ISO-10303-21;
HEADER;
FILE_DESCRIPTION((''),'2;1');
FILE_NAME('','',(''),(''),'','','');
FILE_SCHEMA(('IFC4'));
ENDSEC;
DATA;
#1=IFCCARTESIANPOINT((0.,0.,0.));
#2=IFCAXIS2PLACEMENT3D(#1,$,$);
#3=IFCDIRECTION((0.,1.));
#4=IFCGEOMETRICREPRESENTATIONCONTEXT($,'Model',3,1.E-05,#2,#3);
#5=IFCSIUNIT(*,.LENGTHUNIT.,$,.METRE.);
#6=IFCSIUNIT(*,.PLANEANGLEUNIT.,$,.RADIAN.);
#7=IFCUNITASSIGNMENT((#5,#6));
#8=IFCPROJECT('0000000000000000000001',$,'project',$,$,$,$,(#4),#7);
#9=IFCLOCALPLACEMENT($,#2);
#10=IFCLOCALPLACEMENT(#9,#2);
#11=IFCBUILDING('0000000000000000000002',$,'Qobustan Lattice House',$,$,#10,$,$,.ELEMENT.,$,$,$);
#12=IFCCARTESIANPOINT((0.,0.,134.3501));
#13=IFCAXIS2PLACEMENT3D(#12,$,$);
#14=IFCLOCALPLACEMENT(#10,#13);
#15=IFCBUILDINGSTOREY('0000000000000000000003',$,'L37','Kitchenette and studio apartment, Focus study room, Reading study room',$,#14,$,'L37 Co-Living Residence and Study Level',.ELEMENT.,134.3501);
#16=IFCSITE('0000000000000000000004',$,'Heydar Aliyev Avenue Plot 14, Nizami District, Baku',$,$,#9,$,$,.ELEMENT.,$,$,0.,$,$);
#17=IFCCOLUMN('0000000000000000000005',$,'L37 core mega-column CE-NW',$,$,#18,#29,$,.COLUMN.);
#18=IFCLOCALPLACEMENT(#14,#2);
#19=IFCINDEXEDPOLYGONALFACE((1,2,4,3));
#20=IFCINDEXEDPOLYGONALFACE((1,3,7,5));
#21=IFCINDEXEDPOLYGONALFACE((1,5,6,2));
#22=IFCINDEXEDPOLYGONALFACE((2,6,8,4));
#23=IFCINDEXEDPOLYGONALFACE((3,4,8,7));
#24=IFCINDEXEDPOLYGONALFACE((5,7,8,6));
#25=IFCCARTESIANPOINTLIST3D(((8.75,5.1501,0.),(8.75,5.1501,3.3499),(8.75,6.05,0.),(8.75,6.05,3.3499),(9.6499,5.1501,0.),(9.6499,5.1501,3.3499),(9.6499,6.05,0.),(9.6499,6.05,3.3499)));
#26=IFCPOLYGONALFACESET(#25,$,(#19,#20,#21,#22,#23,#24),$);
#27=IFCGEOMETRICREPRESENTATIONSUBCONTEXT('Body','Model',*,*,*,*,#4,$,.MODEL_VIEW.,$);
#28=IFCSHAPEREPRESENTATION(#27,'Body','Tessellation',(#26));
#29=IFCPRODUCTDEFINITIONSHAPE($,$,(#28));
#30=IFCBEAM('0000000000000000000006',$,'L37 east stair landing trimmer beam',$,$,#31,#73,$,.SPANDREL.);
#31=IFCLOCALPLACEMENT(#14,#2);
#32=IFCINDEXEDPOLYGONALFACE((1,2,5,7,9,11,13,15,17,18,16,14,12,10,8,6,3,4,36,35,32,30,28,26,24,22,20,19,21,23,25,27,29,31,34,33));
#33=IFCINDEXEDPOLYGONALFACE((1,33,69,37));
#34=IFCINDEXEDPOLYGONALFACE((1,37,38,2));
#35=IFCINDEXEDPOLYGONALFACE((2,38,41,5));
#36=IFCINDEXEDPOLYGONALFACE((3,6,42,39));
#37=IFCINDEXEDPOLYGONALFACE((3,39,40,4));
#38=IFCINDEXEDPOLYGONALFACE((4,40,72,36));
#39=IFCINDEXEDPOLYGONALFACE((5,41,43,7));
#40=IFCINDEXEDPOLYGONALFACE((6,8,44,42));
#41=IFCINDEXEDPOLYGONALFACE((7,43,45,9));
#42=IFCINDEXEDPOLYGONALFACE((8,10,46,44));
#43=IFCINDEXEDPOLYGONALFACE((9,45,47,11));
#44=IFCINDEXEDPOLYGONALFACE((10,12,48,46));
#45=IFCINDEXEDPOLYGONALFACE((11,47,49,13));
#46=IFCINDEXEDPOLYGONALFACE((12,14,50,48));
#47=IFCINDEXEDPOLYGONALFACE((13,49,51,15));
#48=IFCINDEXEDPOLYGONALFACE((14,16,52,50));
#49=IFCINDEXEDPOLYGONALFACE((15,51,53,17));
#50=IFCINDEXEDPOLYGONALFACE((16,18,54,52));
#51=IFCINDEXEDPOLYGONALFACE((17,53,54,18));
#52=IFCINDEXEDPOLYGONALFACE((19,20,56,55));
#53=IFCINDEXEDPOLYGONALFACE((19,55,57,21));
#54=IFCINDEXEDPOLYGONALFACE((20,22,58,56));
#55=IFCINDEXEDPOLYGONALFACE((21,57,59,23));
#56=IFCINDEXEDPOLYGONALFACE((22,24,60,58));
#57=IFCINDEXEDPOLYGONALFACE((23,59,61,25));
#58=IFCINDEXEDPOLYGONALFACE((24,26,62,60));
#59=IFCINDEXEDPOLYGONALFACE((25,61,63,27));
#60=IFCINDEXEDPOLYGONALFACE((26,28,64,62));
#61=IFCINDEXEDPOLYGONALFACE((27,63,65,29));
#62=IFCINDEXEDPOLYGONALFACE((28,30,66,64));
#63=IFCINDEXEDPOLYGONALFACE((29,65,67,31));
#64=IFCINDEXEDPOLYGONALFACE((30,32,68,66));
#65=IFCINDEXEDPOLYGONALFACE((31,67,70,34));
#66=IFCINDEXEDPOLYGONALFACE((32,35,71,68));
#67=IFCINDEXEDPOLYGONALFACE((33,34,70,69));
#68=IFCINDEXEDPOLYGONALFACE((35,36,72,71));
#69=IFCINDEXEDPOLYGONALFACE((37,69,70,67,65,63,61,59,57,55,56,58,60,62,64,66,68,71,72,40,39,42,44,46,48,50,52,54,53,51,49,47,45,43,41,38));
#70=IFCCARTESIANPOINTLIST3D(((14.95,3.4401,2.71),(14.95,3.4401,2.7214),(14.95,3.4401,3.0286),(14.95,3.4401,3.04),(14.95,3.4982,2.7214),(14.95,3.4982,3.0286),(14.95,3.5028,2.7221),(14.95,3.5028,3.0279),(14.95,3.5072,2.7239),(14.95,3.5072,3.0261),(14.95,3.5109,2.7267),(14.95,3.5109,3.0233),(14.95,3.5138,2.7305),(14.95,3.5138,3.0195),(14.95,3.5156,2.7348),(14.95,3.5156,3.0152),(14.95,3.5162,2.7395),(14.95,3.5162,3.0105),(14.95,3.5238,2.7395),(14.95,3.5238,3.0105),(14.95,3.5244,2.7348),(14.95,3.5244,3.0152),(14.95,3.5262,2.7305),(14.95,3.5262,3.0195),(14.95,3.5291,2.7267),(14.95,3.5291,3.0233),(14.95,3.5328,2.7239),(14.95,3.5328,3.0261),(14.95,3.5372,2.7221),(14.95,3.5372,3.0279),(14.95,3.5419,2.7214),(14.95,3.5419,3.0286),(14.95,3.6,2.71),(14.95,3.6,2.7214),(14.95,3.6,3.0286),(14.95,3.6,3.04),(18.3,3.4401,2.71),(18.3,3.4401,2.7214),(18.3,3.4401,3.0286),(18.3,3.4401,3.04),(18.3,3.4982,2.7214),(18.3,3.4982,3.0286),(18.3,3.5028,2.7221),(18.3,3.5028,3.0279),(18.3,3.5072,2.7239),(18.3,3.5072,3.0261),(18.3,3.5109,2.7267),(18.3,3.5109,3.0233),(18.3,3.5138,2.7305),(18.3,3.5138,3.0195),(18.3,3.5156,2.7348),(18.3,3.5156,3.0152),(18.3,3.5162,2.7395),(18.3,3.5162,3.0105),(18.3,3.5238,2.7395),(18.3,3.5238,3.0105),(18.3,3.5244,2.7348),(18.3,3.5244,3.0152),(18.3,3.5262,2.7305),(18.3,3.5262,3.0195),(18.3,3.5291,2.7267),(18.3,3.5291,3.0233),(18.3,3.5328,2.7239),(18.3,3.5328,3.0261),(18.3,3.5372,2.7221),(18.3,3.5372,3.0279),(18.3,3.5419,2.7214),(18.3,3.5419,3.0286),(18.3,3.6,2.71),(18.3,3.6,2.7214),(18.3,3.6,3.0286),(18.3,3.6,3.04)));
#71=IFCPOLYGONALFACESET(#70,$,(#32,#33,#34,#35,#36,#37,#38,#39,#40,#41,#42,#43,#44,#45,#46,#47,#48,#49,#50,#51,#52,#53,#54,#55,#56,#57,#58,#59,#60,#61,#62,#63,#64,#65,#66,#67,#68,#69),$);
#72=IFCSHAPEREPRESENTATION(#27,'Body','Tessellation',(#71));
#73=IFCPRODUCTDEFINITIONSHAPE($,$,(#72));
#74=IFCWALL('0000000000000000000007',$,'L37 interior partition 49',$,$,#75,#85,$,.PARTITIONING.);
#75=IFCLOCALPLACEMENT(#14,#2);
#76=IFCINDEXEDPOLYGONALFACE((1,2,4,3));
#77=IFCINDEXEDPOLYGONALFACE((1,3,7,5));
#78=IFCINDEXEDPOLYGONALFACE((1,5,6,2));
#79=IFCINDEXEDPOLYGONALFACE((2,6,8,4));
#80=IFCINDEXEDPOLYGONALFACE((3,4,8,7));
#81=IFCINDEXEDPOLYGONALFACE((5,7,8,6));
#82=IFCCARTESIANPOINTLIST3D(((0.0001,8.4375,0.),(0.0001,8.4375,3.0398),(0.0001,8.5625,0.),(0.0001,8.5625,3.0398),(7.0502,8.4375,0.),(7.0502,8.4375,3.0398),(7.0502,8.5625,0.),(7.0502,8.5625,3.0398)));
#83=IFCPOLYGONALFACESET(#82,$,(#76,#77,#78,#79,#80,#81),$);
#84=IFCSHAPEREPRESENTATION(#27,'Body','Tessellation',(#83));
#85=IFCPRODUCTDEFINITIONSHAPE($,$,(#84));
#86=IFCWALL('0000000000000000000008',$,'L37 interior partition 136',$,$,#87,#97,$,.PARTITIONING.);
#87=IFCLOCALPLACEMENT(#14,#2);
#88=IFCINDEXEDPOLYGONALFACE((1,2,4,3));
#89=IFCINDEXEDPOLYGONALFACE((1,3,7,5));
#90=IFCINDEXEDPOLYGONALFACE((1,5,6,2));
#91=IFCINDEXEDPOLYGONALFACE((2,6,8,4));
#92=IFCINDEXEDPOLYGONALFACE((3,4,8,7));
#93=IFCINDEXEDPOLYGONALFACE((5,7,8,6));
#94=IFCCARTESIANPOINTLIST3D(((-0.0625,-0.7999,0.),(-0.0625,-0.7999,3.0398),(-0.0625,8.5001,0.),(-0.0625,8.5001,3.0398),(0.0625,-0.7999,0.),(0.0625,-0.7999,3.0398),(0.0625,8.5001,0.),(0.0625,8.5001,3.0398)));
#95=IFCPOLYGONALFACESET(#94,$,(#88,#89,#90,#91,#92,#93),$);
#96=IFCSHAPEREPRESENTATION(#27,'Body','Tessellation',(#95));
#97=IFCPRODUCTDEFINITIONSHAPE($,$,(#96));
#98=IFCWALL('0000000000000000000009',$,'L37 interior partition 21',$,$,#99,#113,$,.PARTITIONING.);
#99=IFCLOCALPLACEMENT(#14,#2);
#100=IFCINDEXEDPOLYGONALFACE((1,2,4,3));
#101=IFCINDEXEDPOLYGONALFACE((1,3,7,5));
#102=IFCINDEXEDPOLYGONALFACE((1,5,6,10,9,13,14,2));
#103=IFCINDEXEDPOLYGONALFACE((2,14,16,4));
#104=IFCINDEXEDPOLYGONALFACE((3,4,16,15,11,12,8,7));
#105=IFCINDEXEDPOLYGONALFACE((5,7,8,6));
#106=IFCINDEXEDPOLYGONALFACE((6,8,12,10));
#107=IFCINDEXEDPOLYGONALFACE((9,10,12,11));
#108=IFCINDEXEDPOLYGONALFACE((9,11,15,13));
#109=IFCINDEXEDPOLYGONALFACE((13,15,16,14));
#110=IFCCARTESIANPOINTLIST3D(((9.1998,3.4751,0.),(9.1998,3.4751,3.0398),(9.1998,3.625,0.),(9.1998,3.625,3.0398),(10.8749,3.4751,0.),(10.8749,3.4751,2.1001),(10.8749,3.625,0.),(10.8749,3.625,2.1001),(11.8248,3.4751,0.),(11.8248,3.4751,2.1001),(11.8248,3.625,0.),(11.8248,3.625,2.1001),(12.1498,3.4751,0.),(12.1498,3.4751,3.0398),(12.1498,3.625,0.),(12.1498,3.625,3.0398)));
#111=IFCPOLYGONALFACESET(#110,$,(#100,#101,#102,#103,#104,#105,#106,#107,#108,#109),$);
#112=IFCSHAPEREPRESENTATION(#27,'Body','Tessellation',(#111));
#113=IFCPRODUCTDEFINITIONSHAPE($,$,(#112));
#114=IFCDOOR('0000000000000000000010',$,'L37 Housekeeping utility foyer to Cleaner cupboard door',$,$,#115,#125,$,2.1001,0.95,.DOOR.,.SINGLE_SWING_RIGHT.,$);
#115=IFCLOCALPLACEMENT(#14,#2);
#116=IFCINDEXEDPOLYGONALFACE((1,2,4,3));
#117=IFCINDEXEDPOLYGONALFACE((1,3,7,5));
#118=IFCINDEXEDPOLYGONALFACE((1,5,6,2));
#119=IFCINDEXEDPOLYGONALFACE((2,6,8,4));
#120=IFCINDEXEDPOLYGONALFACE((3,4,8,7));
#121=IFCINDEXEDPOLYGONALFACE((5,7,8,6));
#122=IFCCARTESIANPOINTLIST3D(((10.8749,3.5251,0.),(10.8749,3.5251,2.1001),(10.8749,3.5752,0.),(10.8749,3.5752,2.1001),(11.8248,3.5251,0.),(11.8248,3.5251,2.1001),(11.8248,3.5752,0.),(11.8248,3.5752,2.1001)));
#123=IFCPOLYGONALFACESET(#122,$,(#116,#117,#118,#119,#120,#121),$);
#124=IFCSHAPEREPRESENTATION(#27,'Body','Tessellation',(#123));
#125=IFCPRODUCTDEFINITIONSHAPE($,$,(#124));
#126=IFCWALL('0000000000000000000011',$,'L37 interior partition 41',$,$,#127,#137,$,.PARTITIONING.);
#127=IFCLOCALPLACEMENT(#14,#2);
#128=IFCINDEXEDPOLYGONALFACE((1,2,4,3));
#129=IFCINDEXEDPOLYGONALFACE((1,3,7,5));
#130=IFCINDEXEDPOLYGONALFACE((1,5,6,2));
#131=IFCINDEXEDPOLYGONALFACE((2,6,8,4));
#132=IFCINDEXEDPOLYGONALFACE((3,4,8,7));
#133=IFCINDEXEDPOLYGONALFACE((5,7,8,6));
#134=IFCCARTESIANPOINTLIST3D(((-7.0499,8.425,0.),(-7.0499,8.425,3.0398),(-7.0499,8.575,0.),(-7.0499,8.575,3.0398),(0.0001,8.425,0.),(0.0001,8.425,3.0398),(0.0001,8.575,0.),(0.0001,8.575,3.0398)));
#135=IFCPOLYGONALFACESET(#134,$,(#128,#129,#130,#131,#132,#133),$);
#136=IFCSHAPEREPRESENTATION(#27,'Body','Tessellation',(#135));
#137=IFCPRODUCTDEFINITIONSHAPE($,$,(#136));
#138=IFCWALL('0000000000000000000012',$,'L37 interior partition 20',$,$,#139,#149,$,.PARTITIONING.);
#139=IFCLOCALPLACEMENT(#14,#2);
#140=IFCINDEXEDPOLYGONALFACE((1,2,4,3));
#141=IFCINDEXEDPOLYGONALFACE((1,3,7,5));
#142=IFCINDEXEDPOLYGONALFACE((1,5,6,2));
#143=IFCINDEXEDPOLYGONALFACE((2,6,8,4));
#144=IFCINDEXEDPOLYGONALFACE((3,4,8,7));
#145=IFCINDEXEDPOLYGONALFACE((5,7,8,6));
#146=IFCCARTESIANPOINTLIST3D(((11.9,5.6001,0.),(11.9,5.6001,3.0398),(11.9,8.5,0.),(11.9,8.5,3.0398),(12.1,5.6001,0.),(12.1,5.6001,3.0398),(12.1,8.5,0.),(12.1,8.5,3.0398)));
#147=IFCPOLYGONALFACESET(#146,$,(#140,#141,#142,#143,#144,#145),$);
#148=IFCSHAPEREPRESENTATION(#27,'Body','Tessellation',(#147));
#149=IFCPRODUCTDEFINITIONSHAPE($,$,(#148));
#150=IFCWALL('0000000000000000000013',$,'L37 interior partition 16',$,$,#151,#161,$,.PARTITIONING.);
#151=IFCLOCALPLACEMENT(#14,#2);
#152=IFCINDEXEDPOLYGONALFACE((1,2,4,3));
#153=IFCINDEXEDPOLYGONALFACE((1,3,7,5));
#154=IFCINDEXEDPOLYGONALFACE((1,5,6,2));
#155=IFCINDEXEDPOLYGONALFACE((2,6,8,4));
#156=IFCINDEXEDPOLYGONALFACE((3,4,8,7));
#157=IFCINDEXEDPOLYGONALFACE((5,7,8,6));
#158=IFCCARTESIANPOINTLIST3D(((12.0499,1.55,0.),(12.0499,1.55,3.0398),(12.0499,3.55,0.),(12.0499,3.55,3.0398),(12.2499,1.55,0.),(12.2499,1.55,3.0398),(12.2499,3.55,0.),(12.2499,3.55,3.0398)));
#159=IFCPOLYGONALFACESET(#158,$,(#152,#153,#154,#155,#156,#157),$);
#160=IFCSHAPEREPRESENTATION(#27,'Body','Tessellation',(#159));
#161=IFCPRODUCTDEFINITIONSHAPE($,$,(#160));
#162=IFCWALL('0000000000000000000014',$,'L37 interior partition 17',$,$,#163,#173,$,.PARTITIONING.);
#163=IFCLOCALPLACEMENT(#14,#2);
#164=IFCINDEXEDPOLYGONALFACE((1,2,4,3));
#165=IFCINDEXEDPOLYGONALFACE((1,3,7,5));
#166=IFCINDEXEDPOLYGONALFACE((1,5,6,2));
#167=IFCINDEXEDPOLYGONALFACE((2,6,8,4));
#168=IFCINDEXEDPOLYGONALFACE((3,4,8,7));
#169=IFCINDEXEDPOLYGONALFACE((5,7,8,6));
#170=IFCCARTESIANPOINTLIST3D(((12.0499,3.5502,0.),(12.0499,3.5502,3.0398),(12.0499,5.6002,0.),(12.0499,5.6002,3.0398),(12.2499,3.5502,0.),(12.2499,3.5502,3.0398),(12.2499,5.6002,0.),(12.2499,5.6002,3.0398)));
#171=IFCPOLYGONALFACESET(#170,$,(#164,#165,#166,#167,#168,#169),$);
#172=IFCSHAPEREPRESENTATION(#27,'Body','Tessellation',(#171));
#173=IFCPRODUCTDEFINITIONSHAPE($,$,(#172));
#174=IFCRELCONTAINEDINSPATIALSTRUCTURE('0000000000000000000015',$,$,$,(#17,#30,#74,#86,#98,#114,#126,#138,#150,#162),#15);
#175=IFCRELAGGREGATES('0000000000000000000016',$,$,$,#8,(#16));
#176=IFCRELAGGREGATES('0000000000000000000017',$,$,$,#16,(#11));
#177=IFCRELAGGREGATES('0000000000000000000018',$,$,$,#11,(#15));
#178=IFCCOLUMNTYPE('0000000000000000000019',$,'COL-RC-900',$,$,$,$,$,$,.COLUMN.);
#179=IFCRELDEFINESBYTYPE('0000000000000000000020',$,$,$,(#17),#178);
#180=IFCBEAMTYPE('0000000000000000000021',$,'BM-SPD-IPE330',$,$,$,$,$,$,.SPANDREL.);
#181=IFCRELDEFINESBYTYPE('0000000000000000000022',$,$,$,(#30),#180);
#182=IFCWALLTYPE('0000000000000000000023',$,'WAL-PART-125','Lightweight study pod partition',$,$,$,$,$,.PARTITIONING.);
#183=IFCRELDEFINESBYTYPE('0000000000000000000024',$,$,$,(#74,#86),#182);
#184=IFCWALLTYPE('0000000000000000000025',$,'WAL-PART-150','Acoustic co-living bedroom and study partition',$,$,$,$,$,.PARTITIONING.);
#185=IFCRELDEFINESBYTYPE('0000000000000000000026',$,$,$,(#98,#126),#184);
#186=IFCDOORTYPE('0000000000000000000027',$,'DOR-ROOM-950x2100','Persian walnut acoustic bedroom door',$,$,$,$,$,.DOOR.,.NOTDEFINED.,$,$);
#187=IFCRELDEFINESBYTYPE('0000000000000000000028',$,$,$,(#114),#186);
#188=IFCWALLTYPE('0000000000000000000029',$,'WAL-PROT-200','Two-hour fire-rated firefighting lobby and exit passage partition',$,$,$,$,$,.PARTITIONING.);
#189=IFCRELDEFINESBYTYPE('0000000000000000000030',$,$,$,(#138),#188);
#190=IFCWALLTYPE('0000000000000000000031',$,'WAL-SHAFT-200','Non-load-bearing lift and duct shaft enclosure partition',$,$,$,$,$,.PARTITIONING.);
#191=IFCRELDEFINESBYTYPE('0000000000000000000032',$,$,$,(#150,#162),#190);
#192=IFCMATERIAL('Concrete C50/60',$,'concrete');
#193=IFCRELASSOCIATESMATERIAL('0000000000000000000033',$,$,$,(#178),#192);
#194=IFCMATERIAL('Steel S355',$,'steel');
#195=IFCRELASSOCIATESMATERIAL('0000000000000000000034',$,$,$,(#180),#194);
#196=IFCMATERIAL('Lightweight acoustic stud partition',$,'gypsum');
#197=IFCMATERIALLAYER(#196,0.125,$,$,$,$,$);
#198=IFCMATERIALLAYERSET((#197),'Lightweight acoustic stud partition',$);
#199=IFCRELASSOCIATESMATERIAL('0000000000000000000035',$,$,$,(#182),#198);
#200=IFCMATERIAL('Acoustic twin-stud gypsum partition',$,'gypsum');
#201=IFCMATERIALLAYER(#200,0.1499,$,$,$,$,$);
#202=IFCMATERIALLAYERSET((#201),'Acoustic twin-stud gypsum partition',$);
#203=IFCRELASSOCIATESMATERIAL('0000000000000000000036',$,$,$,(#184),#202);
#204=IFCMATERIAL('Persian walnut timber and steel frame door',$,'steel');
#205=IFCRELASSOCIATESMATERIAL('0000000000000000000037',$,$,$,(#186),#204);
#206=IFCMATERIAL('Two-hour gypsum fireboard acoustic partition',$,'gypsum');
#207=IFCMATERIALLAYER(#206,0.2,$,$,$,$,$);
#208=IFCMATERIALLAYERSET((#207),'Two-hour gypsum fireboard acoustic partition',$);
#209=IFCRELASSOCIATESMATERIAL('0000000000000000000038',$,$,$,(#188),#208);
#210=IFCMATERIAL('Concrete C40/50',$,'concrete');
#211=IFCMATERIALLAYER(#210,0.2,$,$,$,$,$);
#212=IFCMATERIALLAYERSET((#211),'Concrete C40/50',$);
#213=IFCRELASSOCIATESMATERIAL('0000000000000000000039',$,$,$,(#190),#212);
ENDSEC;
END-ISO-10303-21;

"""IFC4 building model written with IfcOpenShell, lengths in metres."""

from ifc_helpers import new_model, si_unit, direction, frame, frame_2d, origin, origin_2d, place, context, subcontext, project, spatial, rectangle, i_section, extrude, material, layer, layer_set, material_profile, profile_set, type_object, element, fill, save


model = new_model("IFC4")

# Units and contexts
model_context = context("Model", 3, precision=1e-05, world=origin(), true_north=direction((0.0, 1.0)))
body_context = subcontext(model_context, "Body", "Model", "MODEL_VIEW")
ifc_project = project(units=[si_unit("LENGTHUNIT", "METRE"), si_unit("PLANEANGLEUNIT", "RADIAN")], contexts=[model_context])

# Site, building, storey
site_placement = place(None, origin())
site = spatial("IfcSite", under=ifc_project, at=site_placement, Name="Heydar Aliyev Avenue Plot 14, Nizami District, Baku", CompositionType="ELEMENT", RefElevation=0.0)
building_placement = place(site_placement, origin())
building = spatial("IfcBuilding", under=site, at=building_placement, Name="Qobustan Lattice House", CompositionType="ELEMENT")
storey_placement = place(building_placement, frame((0.0, 0.0, 134.3501)))
storey = spatial("IfcBuildingStorey", under=building, at=storey_placement, Name="L37", Description="Kitchenette and studio apartment, Focus study room, Reading study room", LongName="L37 Co-Living Residence and Study Level", CompositionType="ELEMENT", Elevation=134.3501)

# Column
ifc_material_1 = material(Name="Concrete C50/60", Category="concrete")
ifc_material_profile_1 = material_profile(ifc_material_1, rectangle(XDim=0.8999, YDim=0.8999, at=origin_2d()), Name="RC900x900")
ifc_profile_set_1 = profile_set([ifc_material_profile_1], Name="Concrete C50/60")
column_type = type_object("IfcColumnType", Name="COL-RC-900", PredefinedType="COLUMN", material=ifc_profile_set_1)
column_placement = place(storey_placement, frame((9.2, 5.6001, 0.0), z_axis=(0.0, 0.0, 1.0), x_axis=(1.0, 0.0, 0.0)))
element("IfcColumn", 1, at=column_placement, inside=storey, type_object=column_type, Name="L37 core mega-column CE-NW", PredefinedType="COLUMN", context=body_context, shape_type="SweptSolid", body=[
    extrude(rectangle(XDim=0.8999, YDim=0.8999, at=origin_2d()), origin(), (0.0, 0.0, 1.0), 3.3499),
])

# Beam
ifc_material_2 = material(Name="Steel S355", Category="steel")
ifc_material_profile_2 = material_profile(ifc_material_2, i_section(OverallWidth=0.1599, OverallDepth=0.3301, WebThickness=0.0076, FlangeThickness=0.0115, FilletRadius=0.0181, at=origin_2d()), Name="IPE330")
ifc_profile_set_2 = profile_set([ifc_material_profile_2], Name="Steel S355")
beam_type = type_object("IfcBeamType", Name="BM-SPD-IPE330", PredefinedType="SPANDREL", material=ifc_profile_set_2)
beam_placement = place(storey_placement, frame((14.95, 3.52, 2.875), z_axis=(1.0, 0.0, 0.0), x_axis=(0.0, 1.0, 0.0)))
element("IfcBeam", 2, at=beam_placement, inside=storey, type_object=beam_type, Name="L37 east stair landing trimmer beam", PredefinedType="SPANDREL", context=body_context, shape_type="SweptSolid", body=[
    extrude(i_section(OverallWidth=0.1599, OverallDepth=0.3301, WebThickness=0.0076, FlangeThickness=0.0115, FilletRadius=0.0181, at=origin_2d()), origin(), (0.0, 0.0, 1.0), 3.3501),
])

# Walls
ifc_material_3 = material(Name="Lightweight acoustic stud partition", Category="gypsum")
ifc_layer_1 = layer(ifc_material_3, 0.125)
ifc_layer_set_1 = layer_set([ifc_layer_1], Name="Lightweight acoustic stud partition")
wall_type_1 = type_object("IfcWallType", Name="WAL-PART-125", Description="Lightweight study pod partition", PredefinedType="PARTITIONING", material=ifc_layer_set_1)
wall_1_placement = place(storey_placement, frame((7.05, 8.5, 0.0), z_axis=(0.0, 0.0, 1.0), x_axis=(-1.0, 0.0, 0.0)))
element("IfcWall", 3, at=wall_1_placement, inside=storey, type_object=wall_type_1, Name="L37 interior partition 49", PredefinedType="PARTITIONING", context=body_context, shape_type="SweptSolid", body=[
    extrude(rectangle(XDim=7.05, YDim=0.125, at=frame_2d((3.5249, 0.0))), origin(), (0.0, 0.0, 1.0), 3.0398),
])
wall_2_placement = place(storey_placement, frame((0.0, 8.5, 0.0), z_axis=(0.0, 0.0, 1.0), x_axis=(0.0, -1.0, 0.0)))
element("IfcWall", 4, at=wall_2_placement, inside=storey, type_object=wall_type_1, Name="L37 interior partition 136", PredefinedType="PARTITIONING", context=body_context, shape_type="SweptSolid", body=[
    extrude(rectangle(XDim=9.3, YDim=0.125, at=frame_2d((4.6499, 0.0))), origin(), (0.0, 0.0, 1.0), 3.0398),
])

# Wall, opening, door
ifc_material_4 = material(Name="Acoustic twin-stud gypsum partition", Category="gypsum")
ifc_layer_2 = layer(ifc_material_4, 0.1499)
ifc_layer_set_2 = layer_set([ifc_layer_2], Name="Acoustic twin-stud gypsum partition")
wall_type_2 = type_object("IfcWallType", Name="WAL-PART-150", Description="Acoustic co-living bedroom and study partition", PredefinedType="PARTITIONING", material=ifc_layer_set_2)
wall_3_placement = place(storey_placement, frame((12.1499, 3.55, 0.0), z_axis=(0.0, 0.0, 1.0), x_axis=(-1.0, 0.0, 0.0)))
wall_3 = element("IfcWall", 5, at=wall_3_placement, inside=storey, type_object=wall_type_2, Name="L37 interior partition 21", PredefinedType="PARTITIONING", context=body_context, shape_type="SweptSolid", body=[
    extrude(rectangle(XDim=2.95, YDim=0.1499, at=frame_2d((1.4751, 0.0))), origin(), (0.0, 0.0, 1.0), 3.0398),
])
opening_1_placement = place(wall_3_placement, frame((0.325, 0.0, 0.0)))
opening_1 = element("IfcOpeningElement", 6, at=opening_1_placement, cuts=wall_3, PredefinedType="OPENING", context=body_context, shape_type="SweptSolid", body=[
    extrude(rectangle(XDim=0.95, YDim=2.1001, at=frame_2d((0.4751, 1.05))), frame((0.0, 0.085, 0.0), z_axis=(0.0, -1.0, 0.0), x_axis=(1.0, 0.0, 0.0)), (0.0, 0.0, 1.0), 0.1699),
])
ifc_material_5 = material(Name="Persian walnut timber and steel frame door", Category="steel")
door_type_1 = type_object("IfcDoorType", Name="DOR-ROOM-950x2100", Description="Persian walnut acoustic bedroom door", OperationType="NOTDEFINED", PredefinedType="DOOR", material=ifc_material_5)
door_1_placement = place(opening_1_placement, origin())
door_1 = element("IfcDoor", 7, at=door_1_placement, inside=storey, type_object=door_type_1, Name="L37 Housekeeping utility foyer to Cleaner cupboard door", OperationType="SINGLE_SWING_RIGHT", OverallHeight=2.1001, OverallWidth=0.95, PredefinedType="DOOR", context=body_context, shape_type="SweptSolid", body=[
    extrude(rectangle(XDim=0.95, YDim=2.1001, at=frame_2d((0.4751, 1.05))), frame((0.0, 0.0249, 0.0), z_axis=(0.0, -1.0, 0.0), x_axis=(1.0, 0.0, 0.0)), (0.0, 0.0, 1.0), 0.05),
])
fill(opening_1, door_1)

# Walls
wall_4_placement = place(storey_placement, frame((0.0, 8.5, 0.0), z_axis=(0.0, 0.0, 1.0), x_axis=(-1.0, 0.0, 0.0)))
element("IfcWall", 8, at=wall_4_placement, inside=storey, type_object=wall_type_2, Name="L37 interior partition 41", PredefinedType="PARTITIONING", context=body_context, shape_type="SweptSolid", body=[
    extrude(rectangle(XDim=7.05, YDim=0.1499, at=frame_2d((3.5249, 0.0))), origin(), (0.0, 0.0, 1.0), 3.0398),
])
ifc_material_6 = material(Name="Two-hour gypsum fireboard acoustic partition", Category="gypsum")
ifc_layer_3 = layer(ifc_material_6, 0.2)
ifc_layer_set_3 = layer_set([ifc_layer_3], Name="Two-hour gypsum fireboard acoustic partition")
wall_type_3 = type_object("IfcWallType", Name="WAL-PROT-200", Description="Two-hour fire-rated firefighting lobby and exit passage partition", PredefinedType="PARTITIONING", material=ifc_layer_set_3)
wall_5_placement = place(storey_placement, frame((12.0, 8.5, 0.0), z_axis=(0.0, 0.0, 1.0), x_axis=(0.0, -1.0, 0.0)))
element("IfcWall", 9, at=wall_5_placement, inside=storey, type_object=wall_type_3, Name="L37 interior partition 20", PredefinedType="PARTITIONING", context=body_context, shape_type="SweptSolid", body=[
    extrude(rectangle(XDim=2.8999, YDim=0.2, at=frame_2d((1.45, 0.0))), origin(), (0.0, 0.0, 1.0), 3.0398),
])
ifc_material_7 = material(Name="Concrete C40/50", Category="concrete")
ifc_layer_4 = layer(ifc_material_7, 0.2)
ifc_layer_set_4 = layer_set([ifc_layer_4], Name="Concrete C40/50")
wall_type_4 = type_object("IfcWallType", Name="WAL-SHAFT-200", Description="Non-load-bearing lift and duct shaft enclosure partition", PredefinedType="PARTITIONING", material=ifc_layer_set_4)
wall_6_placement = place(storey_placement, frame((12.1499, 3.55, 0.0), z_axis=(0.0, 0.0, 1.0), x_axis=(0.0, -1.0, 0.0)))
element("IfcWall", 10, at=wall_6_placement, inside=storey, type_object=wall_type_4, Name="L37 interior partition 16", PredefinedType="PARTITIONING", context=body_context, shape_type="SweptSolid", body=[
    extrude(rectangle(XDim=2.0, YDim=0.2, at=frame_2d((1.0, 0.0))), origin(), (0.0, 0.0, 1.0), 3.0398),
])
wall_7_placement = place(storey_placement, frame((12.1499, 5.6001, 0.0), z_axis=(0.0, 0.0, 1.0), x_axis=(0.0, -1.0, 0.0)))
element("IfcWall", 11, at=wall_7_placement, inside=storey, type_object=wall_type_4, Name="L37 interior partition 17", PredefinedType="PARTITIONING", context=body_context, shape_type="SweptSolid", body=[
    extrude(rectangle(XDim=2.05, YDim=0.2, at=frame_2d((1.0249, 0.0))), origin(), (0.0, 0.0, 1.0), 3.0398),
])

save(model, "model.ifc")
